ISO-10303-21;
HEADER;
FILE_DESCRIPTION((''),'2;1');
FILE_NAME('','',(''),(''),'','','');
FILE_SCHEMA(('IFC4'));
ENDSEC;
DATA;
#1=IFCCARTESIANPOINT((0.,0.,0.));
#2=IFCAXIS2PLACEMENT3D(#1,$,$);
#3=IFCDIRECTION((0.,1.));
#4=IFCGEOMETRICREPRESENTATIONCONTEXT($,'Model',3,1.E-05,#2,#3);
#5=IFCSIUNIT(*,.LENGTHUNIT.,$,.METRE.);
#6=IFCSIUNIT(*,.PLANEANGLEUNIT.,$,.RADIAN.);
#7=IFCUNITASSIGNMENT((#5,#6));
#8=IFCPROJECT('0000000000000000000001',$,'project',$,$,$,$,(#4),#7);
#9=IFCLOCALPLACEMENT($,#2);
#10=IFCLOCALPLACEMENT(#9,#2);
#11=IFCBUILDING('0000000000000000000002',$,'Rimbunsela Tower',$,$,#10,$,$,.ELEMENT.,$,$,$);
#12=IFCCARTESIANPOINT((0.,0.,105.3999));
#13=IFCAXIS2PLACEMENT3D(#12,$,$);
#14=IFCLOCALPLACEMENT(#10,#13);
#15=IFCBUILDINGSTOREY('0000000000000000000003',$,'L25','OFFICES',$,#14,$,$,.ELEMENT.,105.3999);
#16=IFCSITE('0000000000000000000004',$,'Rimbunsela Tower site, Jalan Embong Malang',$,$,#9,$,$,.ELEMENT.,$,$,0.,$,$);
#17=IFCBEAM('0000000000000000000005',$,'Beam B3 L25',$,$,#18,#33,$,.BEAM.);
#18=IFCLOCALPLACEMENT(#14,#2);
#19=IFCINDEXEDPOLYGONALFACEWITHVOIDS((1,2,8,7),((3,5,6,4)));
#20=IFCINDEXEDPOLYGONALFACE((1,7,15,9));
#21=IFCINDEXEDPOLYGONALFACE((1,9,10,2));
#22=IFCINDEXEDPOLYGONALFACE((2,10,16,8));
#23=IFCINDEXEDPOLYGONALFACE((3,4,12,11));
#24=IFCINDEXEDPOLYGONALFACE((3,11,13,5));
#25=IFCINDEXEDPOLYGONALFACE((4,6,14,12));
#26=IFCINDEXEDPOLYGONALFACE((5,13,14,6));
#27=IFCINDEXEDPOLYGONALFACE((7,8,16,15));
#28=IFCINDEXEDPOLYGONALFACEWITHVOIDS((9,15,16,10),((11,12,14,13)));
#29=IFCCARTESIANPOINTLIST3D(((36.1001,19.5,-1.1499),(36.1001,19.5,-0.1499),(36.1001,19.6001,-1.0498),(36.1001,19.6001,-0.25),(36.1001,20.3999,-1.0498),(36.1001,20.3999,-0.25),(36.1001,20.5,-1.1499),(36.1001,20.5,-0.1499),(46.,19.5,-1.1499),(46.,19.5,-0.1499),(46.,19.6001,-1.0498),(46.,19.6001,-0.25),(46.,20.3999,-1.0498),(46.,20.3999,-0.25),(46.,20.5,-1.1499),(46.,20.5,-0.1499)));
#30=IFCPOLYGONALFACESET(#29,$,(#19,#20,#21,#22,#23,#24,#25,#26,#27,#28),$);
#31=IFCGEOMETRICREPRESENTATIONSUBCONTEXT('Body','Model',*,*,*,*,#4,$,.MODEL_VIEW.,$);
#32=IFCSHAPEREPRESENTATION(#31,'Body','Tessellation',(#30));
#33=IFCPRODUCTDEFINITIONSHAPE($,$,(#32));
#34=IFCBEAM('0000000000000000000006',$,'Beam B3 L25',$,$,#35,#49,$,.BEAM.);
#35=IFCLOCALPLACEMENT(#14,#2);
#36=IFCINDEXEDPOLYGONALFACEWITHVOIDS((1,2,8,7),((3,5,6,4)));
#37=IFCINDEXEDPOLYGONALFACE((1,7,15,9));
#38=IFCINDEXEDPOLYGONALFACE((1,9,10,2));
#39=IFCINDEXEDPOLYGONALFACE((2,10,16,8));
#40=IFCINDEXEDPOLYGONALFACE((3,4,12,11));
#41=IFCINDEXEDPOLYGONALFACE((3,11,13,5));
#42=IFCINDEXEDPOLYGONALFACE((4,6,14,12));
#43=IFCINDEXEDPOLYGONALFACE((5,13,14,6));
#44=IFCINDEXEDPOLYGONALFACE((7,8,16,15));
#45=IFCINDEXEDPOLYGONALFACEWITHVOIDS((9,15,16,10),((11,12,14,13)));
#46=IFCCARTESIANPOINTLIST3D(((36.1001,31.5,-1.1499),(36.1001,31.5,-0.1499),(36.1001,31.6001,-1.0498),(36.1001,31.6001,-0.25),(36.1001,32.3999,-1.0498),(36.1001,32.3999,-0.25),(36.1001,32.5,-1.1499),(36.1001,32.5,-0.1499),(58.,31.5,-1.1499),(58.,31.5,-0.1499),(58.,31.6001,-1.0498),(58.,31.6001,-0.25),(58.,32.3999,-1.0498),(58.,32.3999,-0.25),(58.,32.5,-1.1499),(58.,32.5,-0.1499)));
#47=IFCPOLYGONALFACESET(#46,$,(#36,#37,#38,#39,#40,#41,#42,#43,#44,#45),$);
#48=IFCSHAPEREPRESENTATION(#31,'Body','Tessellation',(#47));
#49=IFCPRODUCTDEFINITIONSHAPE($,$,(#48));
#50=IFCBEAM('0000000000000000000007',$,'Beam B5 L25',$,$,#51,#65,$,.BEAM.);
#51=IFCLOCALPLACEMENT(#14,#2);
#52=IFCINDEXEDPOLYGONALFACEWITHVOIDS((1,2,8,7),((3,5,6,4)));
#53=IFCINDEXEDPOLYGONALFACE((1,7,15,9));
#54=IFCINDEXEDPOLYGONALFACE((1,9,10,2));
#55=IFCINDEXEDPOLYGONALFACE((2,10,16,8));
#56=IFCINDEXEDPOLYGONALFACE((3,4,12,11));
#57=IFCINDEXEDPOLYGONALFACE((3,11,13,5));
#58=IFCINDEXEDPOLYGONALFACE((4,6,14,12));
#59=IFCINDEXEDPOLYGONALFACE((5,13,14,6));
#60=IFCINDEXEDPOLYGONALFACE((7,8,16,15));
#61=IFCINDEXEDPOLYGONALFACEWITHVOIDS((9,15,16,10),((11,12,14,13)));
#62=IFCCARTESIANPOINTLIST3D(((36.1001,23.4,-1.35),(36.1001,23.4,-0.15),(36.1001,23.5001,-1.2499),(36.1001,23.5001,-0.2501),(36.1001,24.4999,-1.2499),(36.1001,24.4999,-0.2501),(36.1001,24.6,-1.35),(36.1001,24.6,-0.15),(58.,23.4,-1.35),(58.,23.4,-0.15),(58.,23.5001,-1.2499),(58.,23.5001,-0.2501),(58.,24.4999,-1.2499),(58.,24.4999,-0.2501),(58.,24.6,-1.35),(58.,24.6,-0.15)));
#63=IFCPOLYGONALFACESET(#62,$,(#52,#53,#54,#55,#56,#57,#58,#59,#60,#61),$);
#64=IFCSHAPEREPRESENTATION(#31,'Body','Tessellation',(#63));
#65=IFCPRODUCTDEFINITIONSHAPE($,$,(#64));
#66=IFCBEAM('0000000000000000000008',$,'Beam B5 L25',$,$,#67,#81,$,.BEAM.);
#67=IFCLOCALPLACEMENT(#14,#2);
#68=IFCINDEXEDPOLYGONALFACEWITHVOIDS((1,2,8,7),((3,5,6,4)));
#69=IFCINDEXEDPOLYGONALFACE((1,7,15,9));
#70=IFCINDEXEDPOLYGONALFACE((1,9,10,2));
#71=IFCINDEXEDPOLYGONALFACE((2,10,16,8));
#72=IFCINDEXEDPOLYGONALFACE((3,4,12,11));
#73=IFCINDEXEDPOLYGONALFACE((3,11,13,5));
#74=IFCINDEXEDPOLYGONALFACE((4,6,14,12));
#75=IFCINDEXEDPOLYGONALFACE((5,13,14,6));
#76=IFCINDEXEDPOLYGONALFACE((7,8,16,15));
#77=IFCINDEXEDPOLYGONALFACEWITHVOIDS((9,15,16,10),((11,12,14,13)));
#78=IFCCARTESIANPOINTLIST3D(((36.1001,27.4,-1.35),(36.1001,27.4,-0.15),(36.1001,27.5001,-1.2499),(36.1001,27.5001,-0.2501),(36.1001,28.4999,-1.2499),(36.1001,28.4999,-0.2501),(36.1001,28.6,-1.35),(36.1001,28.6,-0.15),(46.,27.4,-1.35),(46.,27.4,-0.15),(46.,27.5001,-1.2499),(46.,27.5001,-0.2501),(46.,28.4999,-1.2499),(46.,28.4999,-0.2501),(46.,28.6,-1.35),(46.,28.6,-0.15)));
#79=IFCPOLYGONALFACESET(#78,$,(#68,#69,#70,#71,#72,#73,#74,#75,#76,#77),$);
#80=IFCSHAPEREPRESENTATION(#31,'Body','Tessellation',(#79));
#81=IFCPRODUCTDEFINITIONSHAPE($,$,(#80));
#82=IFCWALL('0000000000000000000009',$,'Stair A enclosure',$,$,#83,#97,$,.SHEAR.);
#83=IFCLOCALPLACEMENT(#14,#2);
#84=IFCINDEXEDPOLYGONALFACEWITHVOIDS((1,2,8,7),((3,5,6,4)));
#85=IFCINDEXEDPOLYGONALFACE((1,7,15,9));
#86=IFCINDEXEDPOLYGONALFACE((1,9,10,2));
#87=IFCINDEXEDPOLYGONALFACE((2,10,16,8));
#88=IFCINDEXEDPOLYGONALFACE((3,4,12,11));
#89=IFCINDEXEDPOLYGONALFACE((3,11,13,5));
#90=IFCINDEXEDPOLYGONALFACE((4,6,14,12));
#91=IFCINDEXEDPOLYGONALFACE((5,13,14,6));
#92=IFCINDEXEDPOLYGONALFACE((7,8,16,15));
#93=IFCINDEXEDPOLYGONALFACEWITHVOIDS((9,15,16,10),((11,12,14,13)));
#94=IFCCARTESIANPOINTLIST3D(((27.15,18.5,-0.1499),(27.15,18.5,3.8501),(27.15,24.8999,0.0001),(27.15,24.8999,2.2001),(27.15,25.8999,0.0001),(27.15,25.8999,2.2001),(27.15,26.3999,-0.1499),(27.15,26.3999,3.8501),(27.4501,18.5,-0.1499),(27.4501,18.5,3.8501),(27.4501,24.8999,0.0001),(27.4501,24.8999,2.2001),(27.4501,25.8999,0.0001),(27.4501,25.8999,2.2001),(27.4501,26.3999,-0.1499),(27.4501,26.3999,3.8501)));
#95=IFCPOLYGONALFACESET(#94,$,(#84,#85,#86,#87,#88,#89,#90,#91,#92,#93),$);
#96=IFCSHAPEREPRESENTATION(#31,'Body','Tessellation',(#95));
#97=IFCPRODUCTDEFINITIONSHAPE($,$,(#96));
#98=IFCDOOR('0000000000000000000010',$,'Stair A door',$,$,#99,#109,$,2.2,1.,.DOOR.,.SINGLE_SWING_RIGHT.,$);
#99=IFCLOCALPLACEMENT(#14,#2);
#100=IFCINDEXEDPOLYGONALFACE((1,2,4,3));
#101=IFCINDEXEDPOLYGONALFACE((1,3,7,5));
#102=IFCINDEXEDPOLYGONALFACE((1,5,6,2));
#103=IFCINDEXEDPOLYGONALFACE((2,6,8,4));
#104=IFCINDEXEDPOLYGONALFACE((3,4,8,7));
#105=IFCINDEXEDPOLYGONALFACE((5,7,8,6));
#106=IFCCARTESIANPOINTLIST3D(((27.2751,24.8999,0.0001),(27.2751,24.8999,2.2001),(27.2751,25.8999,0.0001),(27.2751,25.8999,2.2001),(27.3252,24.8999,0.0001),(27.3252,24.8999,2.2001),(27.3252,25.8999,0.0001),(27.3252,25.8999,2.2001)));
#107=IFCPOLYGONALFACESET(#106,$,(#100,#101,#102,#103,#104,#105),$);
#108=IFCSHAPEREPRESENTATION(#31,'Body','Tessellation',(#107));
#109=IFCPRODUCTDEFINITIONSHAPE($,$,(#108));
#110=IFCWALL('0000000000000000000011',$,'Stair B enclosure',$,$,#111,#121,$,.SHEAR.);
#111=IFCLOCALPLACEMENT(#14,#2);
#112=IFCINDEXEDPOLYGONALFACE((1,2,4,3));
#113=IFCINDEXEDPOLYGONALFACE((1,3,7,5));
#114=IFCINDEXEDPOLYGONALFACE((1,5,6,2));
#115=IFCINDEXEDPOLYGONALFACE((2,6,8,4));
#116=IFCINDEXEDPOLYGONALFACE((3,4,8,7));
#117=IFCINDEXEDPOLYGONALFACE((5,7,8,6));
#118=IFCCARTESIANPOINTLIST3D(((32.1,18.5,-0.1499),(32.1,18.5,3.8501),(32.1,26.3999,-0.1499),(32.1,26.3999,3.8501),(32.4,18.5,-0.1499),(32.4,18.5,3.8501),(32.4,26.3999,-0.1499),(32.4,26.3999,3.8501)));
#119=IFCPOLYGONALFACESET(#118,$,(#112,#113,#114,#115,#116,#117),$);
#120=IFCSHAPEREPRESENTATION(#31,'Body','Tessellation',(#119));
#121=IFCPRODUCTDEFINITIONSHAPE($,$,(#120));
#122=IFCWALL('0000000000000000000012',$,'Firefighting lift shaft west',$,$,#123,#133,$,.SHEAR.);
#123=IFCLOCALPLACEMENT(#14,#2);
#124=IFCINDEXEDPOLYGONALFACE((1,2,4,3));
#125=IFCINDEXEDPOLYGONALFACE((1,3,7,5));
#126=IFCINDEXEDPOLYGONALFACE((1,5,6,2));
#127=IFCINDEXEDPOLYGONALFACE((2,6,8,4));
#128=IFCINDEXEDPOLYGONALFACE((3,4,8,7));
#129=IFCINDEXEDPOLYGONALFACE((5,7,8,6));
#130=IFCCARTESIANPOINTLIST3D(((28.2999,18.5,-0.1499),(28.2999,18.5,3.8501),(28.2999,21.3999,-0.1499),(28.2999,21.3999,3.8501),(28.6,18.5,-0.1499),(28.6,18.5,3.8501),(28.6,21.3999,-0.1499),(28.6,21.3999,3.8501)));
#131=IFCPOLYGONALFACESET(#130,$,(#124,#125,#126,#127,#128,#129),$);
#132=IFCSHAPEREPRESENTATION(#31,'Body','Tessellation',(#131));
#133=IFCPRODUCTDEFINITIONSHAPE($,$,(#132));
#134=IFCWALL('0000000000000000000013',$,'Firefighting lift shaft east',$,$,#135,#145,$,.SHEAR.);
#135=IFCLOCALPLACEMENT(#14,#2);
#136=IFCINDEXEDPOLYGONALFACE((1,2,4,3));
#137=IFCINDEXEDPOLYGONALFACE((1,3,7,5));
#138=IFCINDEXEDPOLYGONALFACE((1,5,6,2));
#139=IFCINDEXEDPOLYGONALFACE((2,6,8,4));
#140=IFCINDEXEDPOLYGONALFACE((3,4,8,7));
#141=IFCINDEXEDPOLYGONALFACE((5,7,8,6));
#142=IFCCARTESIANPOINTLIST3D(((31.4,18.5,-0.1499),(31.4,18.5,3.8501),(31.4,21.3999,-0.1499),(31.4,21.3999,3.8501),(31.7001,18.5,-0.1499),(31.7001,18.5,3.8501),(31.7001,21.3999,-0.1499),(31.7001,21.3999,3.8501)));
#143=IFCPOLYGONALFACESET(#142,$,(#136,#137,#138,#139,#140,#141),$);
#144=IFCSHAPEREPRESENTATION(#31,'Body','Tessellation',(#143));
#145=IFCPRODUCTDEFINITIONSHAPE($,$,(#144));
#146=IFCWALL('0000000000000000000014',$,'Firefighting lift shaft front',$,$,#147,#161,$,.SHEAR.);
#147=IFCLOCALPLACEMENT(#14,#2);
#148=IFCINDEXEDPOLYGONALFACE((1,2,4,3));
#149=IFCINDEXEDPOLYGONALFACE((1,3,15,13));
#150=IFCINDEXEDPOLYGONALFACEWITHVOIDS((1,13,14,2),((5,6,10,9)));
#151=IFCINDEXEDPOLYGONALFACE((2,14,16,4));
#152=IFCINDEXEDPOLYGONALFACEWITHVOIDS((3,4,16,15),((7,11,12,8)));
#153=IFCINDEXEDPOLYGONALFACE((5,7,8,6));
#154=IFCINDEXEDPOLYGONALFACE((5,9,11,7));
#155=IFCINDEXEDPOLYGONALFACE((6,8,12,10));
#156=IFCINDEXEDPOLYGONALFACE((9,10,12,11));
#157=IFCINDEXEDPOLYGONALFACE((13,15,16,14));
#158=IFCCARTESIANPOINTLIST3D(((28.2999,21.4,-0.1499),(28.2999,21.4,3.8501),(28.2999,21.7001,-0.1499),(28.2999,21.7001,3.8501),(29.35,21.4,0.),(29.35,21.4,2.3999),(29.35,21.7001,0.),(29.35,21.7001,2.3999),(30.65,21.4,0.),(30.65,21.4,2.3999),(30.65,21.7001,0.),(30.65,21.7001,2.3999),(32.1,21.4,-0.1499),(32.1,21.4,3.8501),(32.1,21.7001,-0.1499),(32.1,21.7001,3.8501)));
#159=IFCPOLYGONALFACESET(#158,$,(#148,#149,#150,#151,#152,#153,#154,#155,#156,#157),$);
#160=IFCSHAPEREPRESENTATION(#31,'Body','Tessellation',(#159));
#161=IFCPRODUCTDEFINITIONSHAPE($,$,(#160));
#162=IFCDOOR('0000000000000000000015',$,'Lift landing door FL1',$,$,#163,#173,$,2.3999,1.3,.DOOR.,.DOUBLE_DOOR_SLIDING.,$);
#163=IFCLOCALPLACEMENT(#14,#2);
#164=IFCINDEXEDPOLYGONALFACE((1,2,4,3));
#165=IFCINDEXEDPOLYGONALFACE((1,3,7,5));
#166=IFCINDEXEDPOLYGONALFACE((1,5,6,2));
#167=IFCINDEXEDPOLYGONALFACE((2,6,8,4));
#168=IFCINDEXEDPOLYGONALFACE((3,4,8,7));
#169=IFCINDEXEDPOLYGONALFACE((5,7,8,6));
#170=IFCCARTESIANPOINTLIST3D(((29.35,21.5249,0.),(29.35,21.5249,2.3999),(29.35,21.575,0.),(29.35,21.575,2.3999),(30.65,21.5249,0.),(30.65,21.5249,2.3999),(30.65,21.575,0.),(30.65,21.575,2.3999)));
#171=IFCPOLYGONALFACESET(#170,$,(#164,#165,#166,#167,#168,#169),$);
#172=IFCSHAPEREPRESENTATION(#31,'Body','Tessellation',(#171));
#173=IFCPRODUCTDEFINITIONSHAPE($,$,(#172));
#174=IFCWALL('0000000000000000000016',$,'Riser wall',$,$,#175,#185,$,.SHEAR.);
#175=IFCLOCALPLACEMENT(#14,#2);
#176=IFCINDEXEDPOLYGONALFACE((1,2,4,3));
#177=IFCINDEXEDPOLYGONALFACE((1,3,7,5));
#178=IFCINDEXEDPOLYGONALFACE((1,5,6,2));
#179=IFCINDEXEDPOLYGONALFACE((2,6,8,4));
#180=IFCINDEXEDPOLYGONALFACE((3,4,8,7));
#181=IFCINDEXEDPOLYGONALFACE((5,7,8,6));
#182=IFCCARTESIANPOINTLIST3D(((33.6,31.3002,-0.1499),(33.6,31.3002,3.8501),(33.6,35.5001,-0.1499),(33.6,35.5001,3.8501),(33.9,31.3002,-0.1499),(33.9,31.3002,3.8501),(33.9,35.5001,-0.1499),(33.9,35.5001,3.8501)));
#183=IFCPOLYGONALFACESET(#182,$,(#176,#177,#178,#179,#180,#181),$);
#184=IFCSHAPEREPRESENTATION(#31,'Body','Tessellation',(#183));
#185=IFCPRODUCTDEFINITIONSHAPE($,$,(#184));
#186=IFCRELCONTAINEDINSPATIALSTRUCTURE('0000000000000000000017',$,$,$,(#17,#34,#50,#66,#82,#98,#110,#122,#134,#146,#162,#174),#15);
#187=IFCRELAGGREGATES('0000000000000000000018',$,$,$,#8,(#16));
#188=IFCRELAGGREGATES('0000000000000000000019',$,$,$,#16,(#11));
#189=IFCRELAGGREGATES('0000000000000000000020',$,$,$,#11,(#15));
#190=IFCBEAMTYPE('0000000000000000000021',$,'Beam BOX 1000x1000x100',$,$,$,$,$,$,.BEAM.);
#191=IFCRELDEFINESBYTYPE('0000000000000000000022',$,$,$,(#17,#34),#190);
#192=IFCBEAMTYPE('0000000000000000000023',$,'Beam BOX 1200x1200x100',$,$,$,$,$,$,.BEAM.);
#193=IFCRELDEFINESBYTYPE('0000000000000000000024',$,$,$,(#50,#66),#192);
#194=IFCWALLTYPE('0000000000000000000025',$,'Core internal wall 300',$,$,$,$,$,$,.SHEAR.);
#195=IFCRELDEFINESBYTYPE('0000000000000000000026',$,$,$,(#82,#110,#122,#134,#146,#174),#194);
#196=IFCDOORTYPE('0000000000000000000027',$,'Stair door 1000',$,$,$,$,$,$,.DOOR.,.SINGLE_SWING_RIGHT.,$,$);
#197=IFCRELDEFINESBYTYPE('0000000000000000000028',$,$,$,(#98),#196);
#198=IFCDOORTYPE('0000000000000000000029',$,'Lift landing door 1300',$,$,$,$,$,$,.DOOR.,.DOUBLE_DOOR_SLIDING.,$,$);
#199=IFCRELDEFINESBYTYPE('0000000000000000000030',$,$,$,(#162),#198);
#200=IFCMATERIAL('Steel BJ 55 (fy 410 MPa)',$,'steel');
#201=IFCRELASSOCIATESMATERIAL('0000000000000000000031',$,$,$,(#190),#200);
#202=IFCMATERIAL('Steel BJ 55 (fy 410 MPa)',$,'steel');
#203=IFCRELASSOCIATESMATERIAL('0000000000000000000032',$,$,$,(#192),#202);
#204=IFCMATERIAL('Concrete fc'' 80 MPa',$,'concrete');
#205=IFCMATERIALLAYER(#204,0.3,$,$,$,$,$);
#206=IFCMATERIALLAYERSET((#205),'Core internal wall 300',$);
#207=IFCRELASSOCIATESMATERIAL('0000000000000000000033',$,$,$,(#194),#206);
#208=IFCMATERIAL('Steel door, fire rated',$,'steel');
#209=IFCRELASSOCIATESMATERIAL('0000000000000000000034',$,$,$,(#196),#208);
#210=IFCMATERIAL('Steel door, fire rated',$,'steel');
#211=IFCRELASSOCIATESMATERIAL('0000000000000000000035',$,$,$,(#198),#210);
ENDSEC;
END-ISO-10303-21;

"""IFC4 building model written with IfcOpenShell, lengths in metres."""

from ifc_helpers import new_model, si_unit, direction, frame, frame_2d, origin, origin_2d, place, context, subcontext, project, spatial, rectangle, hollow_rectangle, extrude, material, layer, layer_set, material_profile, profile_set, type_object, element, fill, save


model = new_model("IFC4")

# Units and contexts
model_context = context("Model", 3, precision=1e-05, world=origin(), true_north=direction((0.0, 1.0)))
body_context = subcontext(model_context, "Body", "Model", "MODEL_VIEW")
ifc_project = project(units=[si_unit("LENGTHUNIT", "METRE"), si_unit("PLANEANGLEUNIT", "RADIAN")], contexts=[model_context])

# Site, building, storey
site_placement = place(None, origin())
site = spatial("IfcSite", under=ifc_project, at=site_placement, Name="Rimbunsela Tower site, Jalan Embong Malang", CompositionType="ELEMENT", RefElevation=0.0)
building_placement = place(site_placement, origin())
building = spatial("IfcBuilding", under=site, at=building_placement, Name="Rimbunsela Tower", CompositionType="ELEMENT")
storey_placement = place(building_placement, frame((0.0, 0.0, 105.3999)))
storey = spatial("IfcBuildingStorey", under=building, at=storey_placement, Name="L25", Description="OFFICES", CompositionType="ELEMENT", Elevation=105.3999)

# Beams
ifc_material_1 = material(Name="Steel BJ 55 (fy 410 MPa)", Category="steel")
ifc_material_profile_1 = material_profile(ifc_material_1, hollow_rectangle(XDim=1.0, YDim=1.0, WallThickness=0.1001, at=origin_2d()), Name="BOX 1000x1000x100")
ifc_profile_set_1 = profile_set([ifc_material_profile_1], Name="Steel BJ 55 (fy 410 MPa)")
beam_type_1 = type_object("IfcBeamType", Name="Beam BOX 1000x1000x100", PredefinedType="BEAM", material=ifc_profile_set_1)
beam_1_placement = place(storey_placement, frame((36.1001, 20.0, -0.6499), z_axis=(1.0, 0.0, 0.0), x_axis=(0.0, 1.0, 0.0)))
element("IfcBeam", 1, at=beam_1_placement, inside=storey, type_object=beam_type_1, Name="Beam B3 L25", PredefinedType="BEAM", context=body_context, shape_type="SweptSolid", body=[
    extrude(hollow_rectangle(XDim=1.0, YDim=1.0, WallThickness=0.1001, at=origin_2d()), origin(), (0.0, 0.0, 1.0), 9.8999),
])
beam_2_placement = place(storey_placement, frame((36.1001, 32.0, -0.6499), z_axis=(1.0, 0.0, 0.0), x_axis=(0.0, 1.0, 0.0)))
element("IfcBeam", 2, at=beam_2_placement, inside=storey, type_object=beam_type_1, Name="Beam B3 L25", PredefinedType="BEAM", context=body_context, shape_type="SweptSolid", body=[
    extrude(hollow_rectangle(XDim=1.0, YDim=1.0, WallThickness=0.1001, at=origin_2d()), origin(), (0.0, 0.0, 1.0), 21.8999),
])
ifc_material_2 = material(Name="Steel BJ 55 (fy 410 MPa)", Category="steel")
ifc_material_profile_2 = material_profile(ifc_material_2, hollow_rectangle(XDim=1.2, YDim=1.2, WallThickness=0.1001, at=origin_2d()), Name="BOX 1200x1200x100")
ifc_profile_set_2 = profile_set([ifc_material_profile_2], Name="Steel BJ 55 (fy 410 MPa)")
beam_type_2 = type_object("IfcBeamType", Name="Beam BOX 1200x1200x100", PredefinedType="BEAM", material=ifc_profile_set_2)
beam_3_placement = place(storey_placement, frame((36.1001, 24.0, -0.75), z_axis=(1.0, 0.0, 0.0), x_axis=(0.0, 1.0, 0.0)))
element("IfcBeam", 3, at=beam_3_placement, inside=storey, type_object=beam_type_2, Name="Beam B5 L25", PredefinedType="BEAM", context=body_context, shape_type="SweptSolid", body=[
    extrude(hollow_rectangle(XDim=1.2, YDim=1.2, WallThickness=0.1001, at=origin_2d()), origin(), (0.0, 0.0, 1.0), 21.8999),
])
beam_4_placement = place(storey_placement, frame((36.1001, 28.0, -0.75), z_axis=(1.0, 0.0, 0.0), x_axis=(0.0, 1.0, 0.0)))
element("IfcBeam", 4, at=beam_4_placement, inside=storey, type_object=beam_type_2, Name="Beam B5 L25", PredefinedType="BEAM", context=body_context, shape_type="SweptSolid", body=[
    extrude(hollow_rectangle(XDim=1.2, YDim=1.2, WallThickness=0.1001, at=origin_2d()), origin(), (0.0, 0.0, 1.0), 9.8999),
])

# Wall, opening, door
ifc_material_3 = material(Name="Concrete fc' 80 MPa", Category="concrete")
ifc_layer_1 = layer(ifc_material_3, 0.3)
ifc_layer_set_1 = layer_set([ifc_layer_1], Name="Core internal wall 300")
wall_type_1 = type_object("IfcWallType", Name="Core internal wall 300", PredefinedType="SHEAR", material=ifc_layer_set_1)
wall_1_placement = place(storey_placement, frame((27.3, 18.5, -0.1499), z_axis=(0.0, 0.0, 1.0), x_axis=(0.0, 1.0, 0.0)))
wall_1 = element("IfcWall", 5, at=wall_1_placement, inside=storey, type_object=wall_type_1, Name="Stair A enclosure", PredefinedType="SHEAR", context=body_context, shape_type="SweptSolid", body=[
    extrude(rectangle(XDim=7.8999, YDim=0.3, at=frame_2d((3.95, 0.0))), origin(), (0.0, 0.0, 1.0), 4.0),
])
opening_1_placement = place(wall_1_placement, frame((6.3999, 0.0, 0.1499)))
opening_1 = element("IfcOpeningElement", 6, at=opening_1_placement, cuts=wall_1, PredefinedType="OPENING", context=body_context, shape_type="SweptSolid", body=[
    extrude(rectangle(XDim=1.0, YDim=2.2, at=frame_2d((0.5, 1.1001))), frame((0.0, 0.1599, 0.0), z_axis=(0.0, -1.0, 0.0), x_axis=(1.0, 0.0, 0.0)), (0.0, 0.0, 1.0), 0.3201),
])
ifc_material_4 = material(Name="Steel door, fire rated", Category="steel")
door_type_1 = type_object("IfcDoorType", Name="Stair door 1000", OperationType="SINGLE_SWING_RIGHT", PredefinedType="DOOR", material=ifc_material_4)
door_1_placement = place(opening_1_placement, origin())
door_1 = element("IfcDoor", 7, at=door_1_placement, inside=storey, type_object=door_type_1, Name="Stair A door", OperationType="SINGLE_SWING_RIGHT", OverallHeight=2.2, OverallWidth=1.0, PredefinedType="DOOR", context=body_context, shape_type="SweptSolid", body=[
    extrude(rectangle(XDim=1.0, YDim=2.2, at=frame_2d((0.5, 1.1001))), frame((0.0, 0.0249, 0.0), z_axis=(0.0, -1.0, 0.0), x_axis=(1.0, 0.0, 0.0)), (0.0, 0.0, 1.0), 0.05),
])
fill(opening_1, door_1)

# Walls
wall_2_placement = place(storey_placement, frame((32.25, 18.5, -0.1499), z_axis=(0.0, 0.0, 1.0), x_axis=(0.0, 1.0, 0.0)))
element("IfcWall", 8, at=wall_2_placement, inside=storey, type_object=wall_type_1, Name="Stair B enclosure", PredefinedType="SHEAR", context=body_context, shape_type="SweptSolid", body=[
    extrude(rectangle(XDim=7.8999, YDim=0.3, at=frame_2d((3.95, 0.0))), origin(), (0.0, 0.0, 1.0), 4.0),
])
for number, where, z_axis, x_axis, name in (
    (9, (28.45, 18.5, -0.1499), (0.0, 0.0, 1.0), (0.0, 1.0, 0.0), "Firefighting lift shaft west"),
    (10, (31.55, 18.5, -0.1499), (0.0, 0.0, 1.0), (0.0, 1.0, 0.0), "Firefighting lift shaft east"),
):
    element("IfcWall", number, at=place(storey_placement, frame(where, z_axis=z_axis, x_axis=x_axis)), inside=storey, type_object=wall_type_1, Name=name, PredefinedType="SHEAR", context=body_context, shape_type="SweptSolid", body=[
        extrude(rectangle(XDim=2.8999, YDim=0.3, at=frame_2d((1.45, 0.0))), origin(), (0.0, 0.0, 1.0), 4.0),
    ])

# Wall, opening, door
wall_3_placement = place(storey_placement, frame((28.3, 21.55, -0.1499), z_axis=(0.0, 0.0, 1.0), x_axis=(1.0, 0.0, 0.0)))
wall_3 = element("IfcWall", 11, at=wall_3_placement, inside=storey, type_object=wall_type_1, Name="Firefighting lift shaft front", PredefinedType="SHEAR", context=body_context, shape_type="SweptSolid", body=[
    extrude(rectangle(XDim=3.8, YDim=0.3, at=frame_2d((1.8999, 0.0))), origin(), (0.0, 0.0, 1.0), 4.0),
])
opening_2_placement = place(wall_3_placement, frame((1.05, 0.0, 0.1499)))
opening_2 = element("IfcOpeningElement", 12, at=opening_2_placement, cuts=wall_3, PredefinedType="OPENING", context=body_context, shape_type="SweptSolid", body=[
    extrude(rectangle(XDim=1.3, YDim=2.3999, at=frame_2d((0.6499, 1.2))), frame((0.0, 0.1599, 0.0), z_axis=(0.0, -1.0, 0.0), x_axis=(1.0, 0.0, 0.0)), (0.0, 0.0, 1.0), 0.3201),
])
ifc_material_5 = material(Name="Steel door, fire rated", Category="steel")
door_type_2 = type_object("IfcDoorType", Name="Lift landing door 1300", OperationType="DOUBLE_DOOR_SLIDING", PredefinedType="DOOR", material=ifc_material_5)
door_2_placement = place(opening_2_placement, origin())
door_2 = element("IfcDoor", 13, at=door_2_placement, inside=storey, type_object=door_type_2, Name="Lift landing door FL1", OperationType="DOUBLE_DOOR_SLIDING", OverallHeight=2.3999, OverallWidth=1.3, PredefinedType="DOOR", context=body_context, shape_type="SweptSolid", body=[
    extrude(rectangle(XDim=1.3, YDim=2.3999, at=frame_2d((0.6499, 1.2))), frame((0.0, 0.0249, 0.0), z_axis=(0.0, -1.0, 0.0), x_axis=(1.0, 0.0, 0.0)), (0.0, 0.0, 1.0), 0.05),
])
fill(opening_2, door_2)

# Wall
wall_4_placement = place(storey_placement, frame((33.75, 31.3, -0.1499), z_axis=(0.0, 0.0, 1.0), x_axis=(0.0, 1.0, 0.0)))
element("IfcWall", 14, at=wall_4_placement, inside=storey, type_object=wall_type_1, Name="Riser wall", PredefinedType="SHEAR", context=body_context, shape_type="SweptSolid", body=[
    extrude(rectangle(XDim=4.2, YDim=0.3, at=frame_2d((2.1001, 0.0))), origin(), (0.0, 0.0, 1.0), 4.0),
])

save(model, "model.ifc")
